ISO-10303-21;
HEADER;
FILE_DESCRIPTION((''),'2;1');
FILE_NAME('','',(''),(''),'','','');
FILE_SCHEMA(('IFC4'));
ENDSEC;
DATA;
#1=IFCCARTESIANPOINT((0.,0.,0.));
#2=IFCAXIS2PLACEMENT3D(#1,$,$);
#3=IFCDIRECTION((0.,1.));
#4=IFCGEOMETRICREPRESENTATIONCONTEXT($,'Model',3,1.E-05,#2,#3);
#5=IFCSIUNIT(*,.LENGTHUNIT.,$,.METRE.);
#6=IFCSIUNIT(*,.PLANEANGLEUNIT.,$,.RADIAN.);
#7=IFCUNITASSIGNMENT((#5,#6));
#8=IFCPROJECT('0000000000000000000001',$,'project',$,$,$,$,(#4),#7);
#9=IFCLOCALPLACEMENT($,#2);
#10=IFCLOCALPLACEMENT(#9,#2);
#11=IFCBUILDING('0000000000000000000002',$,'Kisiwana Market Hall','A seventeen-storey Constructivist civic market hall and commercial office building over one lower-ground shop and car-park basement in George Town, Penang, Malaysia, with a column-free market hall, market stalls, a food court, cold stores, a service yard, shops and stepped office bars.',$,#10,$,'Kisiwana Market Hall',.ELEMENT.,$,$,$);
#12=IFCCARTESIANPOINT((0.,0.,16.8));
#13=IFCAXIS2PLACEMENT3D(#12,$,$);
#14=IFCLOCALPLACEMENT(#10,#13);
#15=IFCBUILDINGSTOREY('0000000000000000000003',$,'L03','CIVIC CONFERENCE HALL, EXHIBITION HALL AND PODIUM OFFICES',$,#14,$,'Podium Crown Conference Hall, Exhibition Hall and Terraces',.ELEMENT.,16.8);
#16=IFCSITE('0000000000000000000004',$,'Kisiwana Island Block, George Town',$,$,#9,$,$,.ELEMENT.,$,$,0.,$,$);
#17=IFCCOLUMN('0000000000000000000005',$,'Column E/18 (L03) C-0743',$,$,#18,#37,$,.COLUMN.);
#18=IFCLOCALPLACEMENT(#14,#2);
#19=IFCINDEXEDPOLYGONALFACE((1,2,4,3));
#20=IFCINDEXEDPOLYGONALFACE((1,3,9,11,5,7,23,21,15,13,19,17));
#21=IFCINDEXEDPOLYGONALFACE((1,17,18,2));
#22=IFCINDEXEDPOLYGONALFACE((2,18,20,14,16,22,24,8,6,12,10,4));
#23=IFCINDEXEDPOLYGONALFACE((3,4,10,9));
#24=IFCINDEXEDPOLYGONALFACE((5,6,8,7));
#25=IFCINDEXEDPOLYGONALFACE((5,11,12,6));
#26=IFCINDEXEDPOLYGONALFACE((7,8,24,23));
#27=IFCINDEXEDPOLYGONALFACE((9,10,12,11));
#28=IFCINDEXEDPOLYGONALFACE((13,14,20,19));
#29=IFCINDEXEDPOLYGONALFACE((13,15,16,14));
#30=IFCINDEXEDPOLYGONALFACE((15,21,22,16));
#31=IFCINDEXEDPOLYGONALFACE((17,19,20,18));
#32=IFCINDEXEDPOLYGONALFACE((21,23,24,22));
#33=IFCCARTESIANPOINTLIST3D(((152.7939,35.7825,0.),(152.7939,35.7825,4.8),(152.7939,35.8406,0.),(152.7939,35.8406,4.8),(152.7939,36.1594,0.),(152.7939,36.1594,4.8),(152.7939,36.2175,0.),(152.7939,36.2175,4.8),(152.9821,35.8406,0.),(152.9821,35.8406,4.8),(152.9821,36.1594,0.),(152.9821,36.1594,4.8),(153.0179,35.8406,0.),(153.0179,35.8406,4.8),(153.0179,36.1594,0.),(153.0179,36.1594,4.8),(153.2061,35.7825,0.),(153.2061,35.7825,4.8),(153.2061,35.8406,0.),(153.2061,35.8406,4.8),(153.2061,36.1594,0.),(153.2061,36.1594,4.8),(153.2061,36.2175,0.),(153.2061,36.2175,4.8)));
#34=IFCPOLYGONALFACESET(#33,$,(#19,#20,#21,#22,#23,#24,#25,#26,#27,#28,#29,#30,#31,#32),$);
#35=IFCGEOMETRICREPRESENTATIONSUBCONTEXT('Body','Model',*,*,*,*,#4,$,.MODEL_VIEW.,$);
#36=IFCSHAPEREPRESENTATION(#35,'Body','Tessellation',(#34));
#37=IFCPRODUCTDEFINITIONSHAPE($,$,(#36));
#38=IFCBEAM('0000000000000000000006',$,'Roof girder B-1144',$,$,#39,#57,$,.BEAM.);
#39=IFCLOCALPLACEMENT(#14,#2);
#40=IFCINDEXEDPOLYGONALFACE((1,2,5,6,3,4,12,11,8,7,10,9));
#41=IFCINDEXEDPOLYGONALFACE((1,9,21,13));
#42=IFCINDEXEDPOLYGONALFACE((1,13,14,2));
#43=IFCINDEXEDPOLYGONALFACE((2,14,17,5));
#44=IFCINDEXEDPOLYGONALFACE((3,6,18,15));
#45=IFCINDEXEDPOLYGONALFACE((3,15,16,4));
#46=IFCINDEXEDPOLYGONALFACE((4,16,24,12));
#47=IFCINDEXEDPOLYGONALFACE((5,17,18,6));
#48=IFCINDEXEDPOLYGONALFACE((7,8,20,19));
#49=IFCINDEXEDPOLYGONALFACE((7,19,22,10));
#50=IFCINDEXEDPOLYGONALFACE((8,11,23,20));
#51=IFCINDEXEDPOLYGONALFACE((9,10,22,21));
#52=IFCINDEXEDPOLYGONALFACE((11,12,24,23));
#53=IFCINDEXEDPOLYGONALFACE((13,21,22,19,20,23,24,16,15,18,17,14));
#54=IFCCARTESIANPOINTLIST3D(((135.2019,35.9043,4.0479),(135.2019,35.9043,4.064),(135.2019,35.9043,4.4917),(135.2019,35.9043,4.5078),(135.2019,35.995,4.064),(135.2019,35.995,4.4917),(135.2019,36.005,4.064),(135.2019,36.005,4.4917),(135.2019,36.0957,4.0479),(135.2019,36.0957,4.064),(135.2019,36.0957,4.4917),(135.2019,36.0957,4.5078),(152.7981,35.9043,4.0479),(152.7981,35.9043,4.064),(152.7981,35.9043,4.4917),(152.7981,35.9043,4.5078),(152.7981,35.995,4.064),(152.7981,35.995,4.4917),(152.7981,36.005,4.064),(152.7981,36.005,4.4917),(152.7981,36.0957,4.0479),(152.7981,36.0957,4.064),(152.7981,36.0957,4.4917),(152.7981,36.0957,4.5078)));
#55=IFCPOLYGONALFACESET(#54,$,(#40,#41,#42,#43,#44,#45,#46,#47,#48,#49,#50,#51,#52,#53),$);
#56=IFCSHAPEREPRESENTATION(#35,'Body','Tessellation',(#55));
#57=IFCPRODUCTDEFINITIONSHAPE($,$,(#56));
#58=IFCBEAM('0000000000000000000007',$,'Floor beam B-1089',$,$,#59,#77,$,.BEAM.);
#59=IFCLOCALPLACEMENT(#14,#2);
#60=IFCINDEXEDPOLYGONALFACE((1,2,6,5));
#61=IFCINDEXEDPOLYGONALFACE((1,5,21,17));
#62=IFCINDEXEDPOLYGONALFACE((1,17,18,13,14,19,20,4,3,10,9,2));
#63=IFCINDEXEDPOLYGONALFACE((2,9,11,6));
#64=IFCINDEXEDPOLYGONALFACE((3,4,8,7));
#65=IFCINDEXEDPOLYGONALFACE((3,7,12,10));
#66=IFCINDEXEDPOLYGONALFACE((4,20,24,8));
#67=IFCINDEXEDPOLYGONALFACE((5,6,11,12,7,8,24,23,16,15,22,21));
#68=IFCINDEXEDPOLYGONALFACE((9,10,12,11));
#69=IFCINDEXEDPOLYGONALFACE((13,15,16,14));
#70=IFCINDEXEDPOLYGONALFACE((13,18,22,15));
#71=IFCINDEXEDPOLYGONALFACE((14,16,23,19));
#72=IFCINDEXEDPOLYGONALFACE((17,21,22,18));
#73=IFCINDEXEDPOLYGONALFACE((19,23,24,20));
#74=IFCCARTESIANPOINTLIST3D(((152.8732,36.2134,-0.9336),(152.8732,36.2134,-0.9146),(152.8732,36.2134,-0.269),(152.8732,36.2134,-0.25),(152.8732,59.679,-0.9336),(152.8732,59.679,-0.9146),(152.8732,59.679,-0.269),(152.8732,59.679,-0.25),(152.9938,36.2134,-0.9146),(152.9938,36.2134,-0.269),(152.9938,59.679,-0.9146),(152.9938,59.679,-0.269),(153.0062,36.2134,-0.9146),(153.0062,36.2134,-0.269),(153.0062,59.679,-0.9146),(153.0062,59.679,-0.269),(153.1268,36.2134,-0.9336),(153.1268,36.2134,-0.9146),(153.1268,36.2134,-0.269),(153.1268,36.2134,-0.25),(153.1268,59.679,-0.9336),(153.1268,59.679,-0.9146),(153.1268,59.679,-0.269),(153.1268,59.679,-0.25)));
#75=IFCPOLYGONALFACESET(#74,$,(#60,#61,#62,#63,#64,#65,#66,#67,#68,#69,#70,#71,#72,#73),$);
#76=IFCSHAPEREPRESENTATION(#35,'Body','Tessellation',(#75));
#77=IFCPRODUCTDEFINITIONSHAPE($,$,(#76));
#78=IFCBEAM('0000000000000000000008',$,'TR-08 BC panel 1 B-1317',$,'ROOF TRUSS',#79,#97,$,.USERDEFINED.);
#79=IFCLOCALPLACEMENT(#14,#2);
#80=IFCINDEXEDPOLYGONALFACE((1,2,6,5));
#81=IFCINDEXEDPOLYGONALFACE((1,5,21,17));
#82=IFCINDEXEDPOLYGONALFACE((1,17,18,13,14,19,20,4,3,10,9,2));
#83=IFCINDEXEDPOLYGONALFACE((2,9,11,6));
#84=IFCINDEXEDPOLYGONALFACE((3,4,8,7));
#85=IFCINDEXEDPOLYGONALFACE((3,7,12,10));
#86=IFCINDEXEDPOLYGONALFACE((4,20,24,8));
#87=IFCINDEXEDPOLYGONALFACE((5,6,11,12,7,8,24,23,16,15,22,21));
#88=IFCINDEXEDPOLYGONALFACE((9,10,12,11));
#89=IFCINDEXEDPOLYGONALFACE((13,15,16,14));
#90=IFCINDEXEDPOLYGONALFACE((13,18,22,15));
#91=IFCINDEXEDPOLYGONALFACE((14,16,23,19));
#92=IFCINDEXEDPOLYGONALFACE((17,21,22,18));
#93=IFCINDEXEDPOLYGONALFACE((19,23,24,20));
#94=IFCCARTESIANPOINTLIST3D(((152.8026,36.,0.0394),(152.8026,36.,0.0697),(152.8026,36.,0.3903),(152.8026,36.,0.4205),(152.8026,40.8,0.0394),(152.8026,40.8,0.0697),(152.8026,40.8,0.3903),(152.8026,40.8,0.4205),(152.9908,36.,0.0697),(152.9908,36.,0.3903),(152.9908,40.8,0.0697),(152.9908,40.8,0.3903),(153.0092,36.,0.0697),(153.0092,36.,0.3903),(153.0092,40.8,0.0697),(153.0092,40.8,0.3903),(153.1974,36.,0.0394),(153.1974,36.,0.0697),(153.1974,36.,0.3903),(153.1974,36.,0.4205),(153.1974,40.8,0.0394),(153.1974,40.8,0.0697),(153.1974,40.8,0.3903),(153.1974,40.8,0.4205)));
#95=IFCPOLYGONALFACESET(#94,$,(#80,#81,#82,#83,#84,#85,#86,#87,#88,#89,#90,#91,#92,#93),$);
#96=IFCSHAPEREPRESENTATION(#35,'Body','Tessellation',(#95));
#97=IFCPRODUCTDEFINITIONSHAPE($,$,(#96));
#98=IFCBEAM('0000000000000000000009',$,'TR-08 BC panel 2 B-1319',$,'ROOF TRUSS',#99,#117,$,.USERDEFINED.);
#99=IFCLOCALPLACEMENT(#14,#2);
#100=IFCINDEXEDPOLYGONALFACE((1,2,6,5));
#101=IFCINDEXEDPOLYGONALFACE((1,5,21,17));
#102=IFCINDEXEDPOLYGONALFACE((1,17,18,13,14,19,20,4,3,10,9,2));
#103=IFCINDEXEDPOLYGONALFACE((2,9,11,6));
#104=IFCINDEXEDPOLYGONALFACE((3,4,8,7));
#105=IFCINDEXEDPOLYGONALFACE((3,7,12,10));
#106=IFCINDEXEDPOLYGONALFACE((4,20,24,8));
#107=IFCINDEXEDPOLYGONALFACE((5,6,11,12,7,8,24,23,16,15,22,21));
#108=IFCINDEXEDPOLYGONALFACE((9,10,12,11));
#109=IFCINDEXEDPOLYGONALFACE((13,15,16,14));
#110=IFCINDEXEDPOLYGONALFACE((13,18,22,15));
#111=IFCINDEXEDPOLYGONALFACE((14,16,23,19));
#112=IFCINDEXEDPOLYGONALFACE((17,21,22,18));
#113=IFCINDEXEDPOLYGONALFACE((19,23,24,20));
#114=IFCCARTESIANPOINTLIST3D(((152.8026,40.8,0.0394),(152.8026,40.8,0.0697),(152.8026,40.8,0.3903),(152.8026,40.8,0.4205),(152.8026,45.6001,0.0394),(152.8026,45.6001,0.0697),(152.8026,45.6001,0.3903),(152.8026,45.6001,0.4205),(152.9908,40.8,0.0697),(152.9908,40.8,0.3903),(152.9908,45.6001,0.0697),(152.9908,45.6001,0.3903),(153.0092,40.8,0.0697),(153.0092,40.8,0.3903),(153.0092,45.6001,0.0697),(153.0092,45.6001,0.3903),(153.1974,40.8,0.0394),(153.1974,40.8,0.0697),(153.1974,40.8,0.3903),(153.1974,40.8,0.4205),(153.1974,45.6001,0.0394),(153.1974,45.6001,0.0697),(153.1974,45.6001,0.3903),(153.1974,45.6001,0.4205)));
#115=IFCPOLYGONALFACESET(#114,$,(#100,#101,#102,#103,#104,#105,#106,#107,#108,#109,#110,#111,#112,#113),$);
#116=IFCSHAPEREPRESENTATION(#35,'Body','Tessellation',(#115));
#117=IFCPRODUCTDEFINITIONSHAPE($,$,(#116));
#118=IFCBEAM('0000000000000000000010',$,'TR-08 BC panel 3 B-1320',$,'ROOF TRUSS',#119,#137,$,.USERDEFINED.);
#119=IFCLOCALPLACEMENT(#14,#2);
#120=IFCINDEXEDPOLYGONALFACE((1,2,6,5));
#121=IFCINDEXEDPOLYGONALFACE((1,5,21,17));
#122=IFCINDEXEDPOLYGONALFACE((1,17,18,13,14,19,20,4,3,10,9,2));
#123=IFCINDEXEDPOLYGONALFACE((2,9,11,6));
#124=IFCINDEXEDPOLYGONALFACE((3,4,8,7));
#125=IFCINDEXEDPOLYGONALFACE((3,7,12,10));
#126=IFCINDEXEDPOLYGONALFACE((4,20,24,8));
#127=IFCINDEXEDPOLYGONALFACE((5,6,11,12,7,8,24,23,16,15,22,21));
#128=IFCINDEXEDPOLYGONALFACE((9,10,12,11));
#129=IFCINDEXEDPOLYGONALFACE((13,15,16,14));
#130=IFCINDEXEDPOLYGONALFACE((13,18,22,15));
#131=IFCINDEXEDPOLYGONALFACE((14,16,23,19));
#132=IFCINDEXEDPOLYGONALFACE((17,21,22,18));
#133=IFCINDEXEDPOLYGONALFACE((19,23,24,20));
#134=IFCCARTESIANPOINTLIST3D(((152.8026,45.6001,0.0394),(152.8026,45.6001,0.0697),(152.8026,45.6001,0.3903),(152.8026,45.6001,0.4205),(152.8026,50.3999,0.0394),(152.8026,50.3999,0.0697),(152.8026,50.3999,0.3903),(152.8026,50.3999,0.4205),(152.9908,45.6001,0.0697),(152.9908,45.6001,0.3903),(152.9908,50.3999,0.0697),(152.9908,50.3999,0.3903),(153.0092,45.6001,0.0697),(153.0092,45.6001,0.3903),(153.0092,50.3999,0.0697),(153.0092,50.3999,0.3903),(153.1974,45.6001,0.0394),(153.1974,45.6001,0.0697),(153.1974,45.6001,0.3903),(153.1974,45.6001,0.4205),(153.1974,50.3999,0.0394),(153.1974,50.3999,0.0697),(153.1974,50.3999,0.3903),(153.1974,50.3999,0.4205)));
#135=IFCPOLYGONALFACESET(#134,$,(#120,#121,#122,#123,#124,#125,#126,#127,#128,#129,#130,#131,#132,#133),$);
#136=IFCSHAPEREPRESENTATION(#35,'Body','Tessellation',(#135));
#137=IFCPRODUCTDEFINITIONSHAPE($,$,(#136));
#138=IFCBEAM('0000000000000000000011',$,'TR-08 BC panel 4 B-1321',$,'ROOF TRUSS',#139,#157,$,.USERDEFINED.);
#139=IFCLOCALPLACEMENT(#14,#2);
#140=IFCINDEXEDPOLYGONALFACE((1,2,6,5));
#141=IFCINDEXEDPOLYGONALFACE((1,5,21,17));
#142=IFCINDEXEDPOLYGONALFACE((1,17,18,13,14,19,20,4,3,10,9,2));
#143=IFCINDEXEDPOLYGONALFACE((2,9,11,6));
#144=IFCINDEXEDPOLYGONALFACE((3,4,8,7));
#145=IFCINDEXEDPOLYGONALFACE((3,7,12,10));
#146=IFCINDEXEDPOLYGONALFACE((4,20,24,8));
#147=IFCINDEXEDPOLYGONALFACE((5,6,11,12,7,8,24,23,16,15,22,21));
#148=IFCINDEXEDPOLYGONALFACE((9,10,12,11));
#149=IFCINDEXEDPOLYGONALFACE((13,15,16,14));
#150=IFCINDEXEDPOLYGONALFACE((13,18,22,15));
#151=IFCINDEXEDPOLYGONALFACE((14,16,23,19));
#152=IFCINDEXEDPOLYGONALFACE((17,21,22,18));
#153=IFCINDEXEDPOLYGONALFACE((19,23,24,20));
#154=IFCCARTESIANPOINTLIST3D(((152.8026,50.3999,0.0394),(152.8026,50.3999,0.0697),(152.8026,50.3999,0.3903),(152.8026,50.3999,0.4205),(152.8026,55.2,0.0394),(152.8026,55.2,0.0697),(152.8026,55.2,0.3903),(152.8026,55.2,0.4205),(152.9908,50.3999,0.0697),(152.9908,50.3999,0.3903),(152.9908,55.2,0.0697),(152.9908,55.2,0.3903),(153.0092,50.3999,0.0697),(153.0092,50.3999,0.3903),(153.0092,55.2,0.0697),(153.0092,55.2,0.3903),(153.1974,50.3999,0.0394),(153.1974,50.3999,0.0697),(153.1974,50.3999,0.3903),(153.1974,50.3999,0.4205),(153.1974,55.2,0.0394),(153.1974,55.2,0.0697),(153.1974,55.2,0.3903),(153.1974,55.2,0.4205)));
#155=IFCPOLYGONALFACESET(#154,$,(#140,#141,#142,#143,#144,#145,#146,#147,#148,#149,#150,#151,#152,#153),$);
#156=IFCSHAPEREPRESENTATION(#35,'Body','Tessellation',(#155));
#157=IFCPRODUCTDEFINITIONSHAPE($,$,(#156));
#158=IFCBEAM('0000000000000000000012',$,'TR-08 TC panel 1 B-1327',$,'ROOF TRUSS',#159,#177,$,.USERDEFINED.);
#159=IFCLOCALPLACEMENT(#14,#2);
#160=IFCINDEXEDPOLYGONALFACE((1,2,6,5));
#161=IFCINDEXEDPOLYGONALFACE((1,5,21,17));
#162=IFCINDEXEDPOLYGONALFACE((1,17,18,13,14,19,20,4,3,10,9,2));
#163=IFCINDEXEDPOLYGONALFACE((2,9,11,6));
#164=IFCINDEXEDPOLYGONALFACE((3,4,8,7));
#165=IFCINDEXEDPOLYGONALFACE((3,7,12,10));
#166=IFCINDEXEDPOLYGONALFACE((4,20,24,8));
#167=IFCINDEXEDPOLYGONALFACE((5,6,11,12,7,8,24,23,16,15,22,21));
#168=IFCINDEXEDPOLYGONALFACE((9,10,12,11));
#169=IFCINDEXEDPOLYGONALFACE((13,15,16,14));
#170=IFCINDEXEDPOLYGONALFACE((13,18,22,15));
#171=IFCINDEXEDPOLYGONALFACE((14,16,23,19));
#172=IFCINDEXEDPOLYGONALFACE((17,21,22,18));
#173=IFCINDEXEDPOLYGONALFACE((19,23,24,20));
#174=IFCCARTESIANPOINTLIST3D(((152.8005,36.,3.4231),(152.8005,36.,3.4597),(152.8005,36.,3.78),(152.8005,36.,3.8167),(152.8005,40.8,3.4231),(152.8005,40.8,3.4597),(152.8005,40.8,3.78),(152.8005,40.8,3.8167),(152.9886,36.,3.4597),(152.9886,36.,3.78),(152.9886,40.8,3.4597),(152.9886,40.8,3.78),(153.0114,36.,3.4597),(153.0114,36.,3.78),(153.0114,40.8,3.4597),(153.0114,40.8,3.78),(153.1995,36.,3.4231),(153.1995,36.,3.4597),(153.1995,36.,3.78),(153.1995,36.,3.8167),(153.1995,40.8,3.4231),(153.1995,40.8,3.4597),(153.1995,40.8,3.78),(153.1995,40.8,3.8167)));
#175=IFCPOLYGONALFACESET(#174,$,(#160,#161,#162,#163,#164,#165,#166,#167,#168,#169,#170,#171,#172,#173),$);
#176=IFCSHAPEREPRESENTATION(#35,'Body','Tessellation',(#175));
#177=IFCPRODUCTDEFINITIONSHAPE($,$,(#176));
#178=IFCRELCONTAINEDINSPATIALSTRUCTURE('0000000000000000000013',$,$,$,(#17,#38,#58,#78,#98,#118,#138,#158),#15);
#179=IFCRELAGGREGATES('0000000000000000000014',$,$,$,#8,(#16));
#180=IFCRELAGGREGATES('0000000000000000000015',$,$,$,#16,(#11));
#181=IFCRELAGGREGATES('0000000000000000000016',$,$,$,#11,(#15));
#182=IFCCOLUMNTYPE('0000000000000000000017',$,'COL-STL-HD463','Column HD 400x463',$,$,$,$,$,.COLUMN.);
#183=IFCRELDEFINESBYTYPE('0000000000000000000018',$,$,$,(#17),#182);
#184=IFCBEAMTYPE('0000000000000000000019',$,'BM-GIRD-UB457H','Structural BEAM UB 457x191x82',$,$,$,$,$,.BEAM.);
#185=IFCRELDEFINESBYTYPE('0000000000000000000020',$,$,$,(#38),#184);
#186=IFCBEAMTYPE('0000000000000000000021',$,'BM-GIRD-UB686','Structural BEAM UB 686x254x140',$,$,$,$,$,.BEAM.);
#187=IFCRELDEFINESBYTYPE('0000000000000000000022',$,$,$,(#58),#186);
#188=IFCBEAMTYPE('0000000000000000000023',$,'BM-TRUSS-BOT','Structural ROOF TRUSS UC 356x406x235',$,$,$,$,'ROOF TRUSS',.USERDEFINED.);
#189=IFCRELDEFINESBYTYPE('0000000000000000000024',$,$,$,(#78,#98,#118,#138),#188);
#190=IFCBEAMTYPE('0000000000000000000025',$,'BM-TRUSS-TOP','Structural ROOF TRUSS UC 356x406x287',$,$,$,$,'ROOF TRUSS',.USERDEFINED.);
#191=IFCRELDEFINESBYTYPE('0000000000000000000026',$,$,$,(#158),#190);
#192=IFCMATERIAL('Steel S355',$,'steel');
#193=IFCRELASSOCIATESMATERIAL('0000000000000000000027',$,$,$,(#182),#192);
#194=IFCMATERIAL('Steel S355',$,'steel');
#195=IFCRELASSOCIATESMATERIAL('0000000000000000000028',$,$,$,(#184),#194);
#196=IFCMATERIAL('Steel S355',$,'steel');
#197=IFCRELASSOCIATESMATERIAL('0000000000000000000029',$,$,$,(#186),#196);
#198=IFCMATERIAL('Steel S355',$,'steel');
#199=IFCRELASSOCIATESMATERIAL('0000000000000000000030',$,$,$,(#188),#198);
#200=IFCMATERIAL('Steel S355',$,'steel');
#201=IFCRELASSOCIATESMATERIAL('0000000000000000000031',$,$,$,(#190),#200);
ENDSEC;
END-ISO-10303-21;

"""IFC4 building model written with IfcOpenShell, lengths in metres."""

from ifc_helpers import new_model, si_unit, direction, frame, origin, origin_2d, place, context, subcontext, project, spatial, i_section, extrude, material, material_profile, profile_set, type_object, element, save


model = new_model("IFC4")

# Units and contexts
model_context = context("Model", 3, precision=1e-05, world=origin(), true_north=direction((0.0, 1.0)))
body_context = subcontext(model_context, "Body", "Model", "MODEL_VIEW")
ifc_project = project(units=[si_unit("LENGTHUNIT", "METRE"), si_unit("PLANEANGLEUNIT", "RADIAN")], contexts=[model_context])

# Site, building, storey
site_placement = place(None, origin())
site = spatial("IfcSite", under=ifc_project, at=site_placement, Name="Kisiwana Island Block, George Town", CompositionType="ELEMENT", RefElevation=0.0)
building_placement = place(site_placement, origin())
building = spatial("IfcBuilding", under=site, at=building_placement, Name="Kisiwana Market Hall", Description="A seventeen-storey Constructivist civic market hall and commercial office building over one lower-ground shop and car-park basement in George Town, Penang, Malaysia, with a column-free market hall, market stalls, a food court, cold stores, a service yard, shops and stepped office bars.", LongName="Kisiwana Market Hall", CompositionType="ELEMENT")
storey_placement = place(building_placement, frame((0.0, 0.0, 16.8)))
storey = spatial("IfcBuildingStorey", under=building, at=storey_placement, Name="L03", Description="CIVIC CONFERENCE HALL, EXHIBITION HALL AND PODIUM OFFICES", LongName="Podium Crown Conference Hall, Exhibition Hall and Terraces", CompositionType="ELEMENT", Elevation=16.8)

# Column
ifc_material_1 = material(Name="Steel S355", Category="steel")
ifc_material_profile_1 = material_profile(ifc_material_1, i_section(OverallWidth=0.4121, OverallDepth=0.4351, WebThickness=0.0359, FlangeThickness=0.0581, at=origin_2d()), Name="HD 400x463")
ifc_profile_set_1 = profile_set([ifc_material_profile_1], Name="Steel S355")
column_type = type_object("IfcColumnType", Name="COL-STL-HD463", Description="Column HD 400x463", PredefinedType="COLUMN", material=ifc_profile_set_1)
column_placement = place(storey_placement, frame((153.0, 36.0, 0.0), z_axis=(0.0, 0.0, 1.0), x_axis=(1.0, 0.0, 0.0)))
element("IfcColumn", 1, at=column_placement, inside=storey, type_object=column_type, Name="Column E/18 (L03) C-0743", PredefinedType="COLUMN", context=body_context, shape_type="SweptSolid", body=[
    extrude(i_section(OverallWidth=0.4121, OverallDepth=0.4351, WebThickness=0.0359, FlangeThickness=0.0581, at=origin_2d()), origin(), (0.0, 0.0, 1.0), 4.8),
])

# Beams
ifc_material_2 = material(Name="Steel S355", Category="steel")
ifc_material_profile_2 = material_profile(ifc_material_2, i_section(OverallWidth=0.1914, OverallDepth=0.46, WebThickness=0.01, FlangeThickness=0.0161, at=origin_2d()), Name="UB 457x191x82")
ifc_profile_set_2 = profile_set([ifc_material_profile_2], Name="Steel S355")
beam_type_1 = type_object("IfcBeamType", Name="BM-GIRD-UB457H", Description="Structural BEAM UB 457x191x82", PredefinedType="BEAM", material=ifc_profile_set_2)
beam_1_placement = place(storey_placement, frame((135.2019, 36.0, 4.2778), z_axis=(1.0, 0.0, 0.0), x_axis=(0.0, 1.0, 0.0)))
element("IfcBeam", 2, at=beam_1_placement, inside=storey, type_object=beam_type_1, Name="Roof girder B-1144", PredefinedType="BEAM", context=body_context, shape_type="SweptSolid", body=[
    extrude(i_section(OverallWidth=0.1914, OverallDepth=0.46, WebThickness=0.01, FlangeThickness=0.0161, at=origin_2d()), origin(), (0.0, 0.0, 1.0), 17.5962),
])
ifc_material_3 = material(Name="Steel S355", Category="steel")
ifc_material_profile_3 = material_profile(ifc_material_3, i_section(OverallWidth=0.2537, OverallDepth=0.6836, WebThickness=0.0125, FlangeThickness=0.019, at=origin_2d()), Name="UB 686x254x140")
ifc_profile_set_3 = profile_set([ifc_material_profile_3], Name="Steel S355")
beam_type_2 = type_object("IfcBeamType", Name="BM-GIRD-UB686", Description="Structural BEAM UB 686x254x140", PredefinedType="BEAM", material=ifc_profile_set_3)
beam_2_placement = place(storey_placement, frame((153.0, 36.2134, -0.5918), z_axis=(0.0, 1.0, 0.0), x_axis=(-1.0, 0.0, 0.0)))
element("IfcBeam", 3, at=beam_2_placement, inside=storey, type_object=beam_type_2, Name="Floor beam B-1089", PredefinedType="BEAM", context=body_context, shape_type="SweptSolid", body=[
    extrude(i_section(OverallWidth=0.2537, OverallDepth=0.6836, WebThickness=0.0125, FlangeThickness=0.019, at=origin_2d()), origin(), (0.0, 0.0, 1.0), 23.4656),
])
ifc_material_4 = material(Name="Steel S355", Category="steel")
ifc_material_profile_4 = material_profile(ifc_material_4, i_section(OverallWidth=0.3948, OverallDepth=0.3811, WebThickness=0.0183, FlangeThickness=0.0303, at=origin_2d()), Name="UC 356x406x235")
ifc_profile_set_4 = profile_set([ifc_material_profile_4], Name="Steel S355")
beam_type_3 = type_object("IfcBeamType", Name="BM-TRUSS-BOT", Description="Structural ROOF TRUSS UC 356x406x235", ElementType="ROOF TRUSS", PredefinedType="USERDEFINED", material=ifc_profile_set_4)
for number, where, z_axis, x_axis, name in (
    (4, (153.0, 36.0, 0.23), (0.0, 1.0, 0.0), (-1.0, 0.0, 0.0), "TR-08 BC panel 1 B-1317"),
    (5, (153.0, 40.8, 0.23), (0.0, 1.0, 0.0), (-1.0, 0.0, 0.0), "TR-08 BC panel 2 B-1319"),
):
    element("IfcBeam", number, at=place(storey_placement, frame(where, z_axis=z_axis, x_axis=x_axis)), inside=storey, type_object=beam_type_3, Name=name, ObjectType="ROOF TRUSS", PredefinedType="USERDEFINED", context=body_context, shape_type="SweptSolid", body=[
        extrude(i_section(OverallWidth=0.3948, OverallDepth=0.3811, WebThickness=0.0183, FlangeThickness=0.0303, at=origin_2d()), origin(), (0.0, 0.0, 1.0), 4.8),
    ])
beam_3_placement = place(storey_placement, frame((153.0, 45.6001, 0.23), z_axis=(0.0, 1.0, 0.0), x_axis=(-1.0, 0.0, 0.0)))
element("IfcBeam", 6, at=beam_3_placement, inside=storey, type_object=beam_type_3, Name="TR-08 BC panel 3 B-1320", ObjectType="ROOF TRUSS", PredefinedType="USERDEFINED", context=body_context, shape_type="SweptSolid", body=[
    extrude(i_section(OverallWidth=0.3948, OverallDepth=0.3811, WebThickness=0.0183, FlangeThickness=0.0303, at=origin_2d()), origin(), (0.0, 0.0, 1.0), 4.7998),
])
beam_4_placement = place(storey_placement, frame((153.0, 50.3999, 0.23), z_axis=(0.0, 1.0, 0.0), x_axis=(-1.0, 0.0, 0.0)))
element("IfcBeam", 7, at=beam_4_placement, inside=storey, type_object=beam_type_3, Name="TR-08 BC panel 4 B-1321", ObjectType="ROOF TRUSS", PredefinedType="USERDEFINED", context=body_context, shape_type="SweptSolid", body=[
    extrude(i_section(OverallWidth=0.3948, OverallDepth=0.3811, WebThickness=0.0183, FlangeThickness=0.0303, at=origin_2d()), origin(), (0.0, 0.0, 1.0), 4.8),
])
ifc_material_5 = material(Name="Steel S355", Category="steel")
ifc_material_profile_5 = material_profile(ifc_material_5, i_section(OverallWidth=0.3989, OverallDepth=0.3936, WebThickness=0.0227, FlangeThickness=0.0366, at=origin_2d()), Name="UC 356x406x287")
ifc_profile_set_5 = profile_set([ifc_material_profile_5], Name="Steel S355")
beam_type_4 = type_object("IfcBeamType", Name="BM-TRUSS-TOP", Description="Structural ROOF TRUSS UC 356x406x287", ElementType="ROOF TRUSS", PredefinedType="USERDEFINED", material=ifc_profile_set_5)
for number, where, z_axis, x_axis, name in (
    (8, (153.0, 36.0, 3.6199), (0.0, 1.0, 0.0), (-1.0, 0.0, 0.0), "TR-08 TC panel 1 B-1327"),
):
    element("IfcBeam", number, at=place(storey_placement, frame(where, z_axis=z_axis, x_axis=x_axis)), inside=storey, type_object=beam_type_4, Name=name, ObjectType="ROOF TRUSS", PredefinedType="USERDEFINED", context=body_context, shape_type="SweptSolid", body=[
        extrude(i_section(OverallWidth=0.3989, OverallDepth=0.3936, WebThickness=0.0227, FlangeThickness=0.0366, at=origin_2d()), origin(), (0.0, 0.0, 1.0), 4.8),
    ])

save(model, "model.ifc")
